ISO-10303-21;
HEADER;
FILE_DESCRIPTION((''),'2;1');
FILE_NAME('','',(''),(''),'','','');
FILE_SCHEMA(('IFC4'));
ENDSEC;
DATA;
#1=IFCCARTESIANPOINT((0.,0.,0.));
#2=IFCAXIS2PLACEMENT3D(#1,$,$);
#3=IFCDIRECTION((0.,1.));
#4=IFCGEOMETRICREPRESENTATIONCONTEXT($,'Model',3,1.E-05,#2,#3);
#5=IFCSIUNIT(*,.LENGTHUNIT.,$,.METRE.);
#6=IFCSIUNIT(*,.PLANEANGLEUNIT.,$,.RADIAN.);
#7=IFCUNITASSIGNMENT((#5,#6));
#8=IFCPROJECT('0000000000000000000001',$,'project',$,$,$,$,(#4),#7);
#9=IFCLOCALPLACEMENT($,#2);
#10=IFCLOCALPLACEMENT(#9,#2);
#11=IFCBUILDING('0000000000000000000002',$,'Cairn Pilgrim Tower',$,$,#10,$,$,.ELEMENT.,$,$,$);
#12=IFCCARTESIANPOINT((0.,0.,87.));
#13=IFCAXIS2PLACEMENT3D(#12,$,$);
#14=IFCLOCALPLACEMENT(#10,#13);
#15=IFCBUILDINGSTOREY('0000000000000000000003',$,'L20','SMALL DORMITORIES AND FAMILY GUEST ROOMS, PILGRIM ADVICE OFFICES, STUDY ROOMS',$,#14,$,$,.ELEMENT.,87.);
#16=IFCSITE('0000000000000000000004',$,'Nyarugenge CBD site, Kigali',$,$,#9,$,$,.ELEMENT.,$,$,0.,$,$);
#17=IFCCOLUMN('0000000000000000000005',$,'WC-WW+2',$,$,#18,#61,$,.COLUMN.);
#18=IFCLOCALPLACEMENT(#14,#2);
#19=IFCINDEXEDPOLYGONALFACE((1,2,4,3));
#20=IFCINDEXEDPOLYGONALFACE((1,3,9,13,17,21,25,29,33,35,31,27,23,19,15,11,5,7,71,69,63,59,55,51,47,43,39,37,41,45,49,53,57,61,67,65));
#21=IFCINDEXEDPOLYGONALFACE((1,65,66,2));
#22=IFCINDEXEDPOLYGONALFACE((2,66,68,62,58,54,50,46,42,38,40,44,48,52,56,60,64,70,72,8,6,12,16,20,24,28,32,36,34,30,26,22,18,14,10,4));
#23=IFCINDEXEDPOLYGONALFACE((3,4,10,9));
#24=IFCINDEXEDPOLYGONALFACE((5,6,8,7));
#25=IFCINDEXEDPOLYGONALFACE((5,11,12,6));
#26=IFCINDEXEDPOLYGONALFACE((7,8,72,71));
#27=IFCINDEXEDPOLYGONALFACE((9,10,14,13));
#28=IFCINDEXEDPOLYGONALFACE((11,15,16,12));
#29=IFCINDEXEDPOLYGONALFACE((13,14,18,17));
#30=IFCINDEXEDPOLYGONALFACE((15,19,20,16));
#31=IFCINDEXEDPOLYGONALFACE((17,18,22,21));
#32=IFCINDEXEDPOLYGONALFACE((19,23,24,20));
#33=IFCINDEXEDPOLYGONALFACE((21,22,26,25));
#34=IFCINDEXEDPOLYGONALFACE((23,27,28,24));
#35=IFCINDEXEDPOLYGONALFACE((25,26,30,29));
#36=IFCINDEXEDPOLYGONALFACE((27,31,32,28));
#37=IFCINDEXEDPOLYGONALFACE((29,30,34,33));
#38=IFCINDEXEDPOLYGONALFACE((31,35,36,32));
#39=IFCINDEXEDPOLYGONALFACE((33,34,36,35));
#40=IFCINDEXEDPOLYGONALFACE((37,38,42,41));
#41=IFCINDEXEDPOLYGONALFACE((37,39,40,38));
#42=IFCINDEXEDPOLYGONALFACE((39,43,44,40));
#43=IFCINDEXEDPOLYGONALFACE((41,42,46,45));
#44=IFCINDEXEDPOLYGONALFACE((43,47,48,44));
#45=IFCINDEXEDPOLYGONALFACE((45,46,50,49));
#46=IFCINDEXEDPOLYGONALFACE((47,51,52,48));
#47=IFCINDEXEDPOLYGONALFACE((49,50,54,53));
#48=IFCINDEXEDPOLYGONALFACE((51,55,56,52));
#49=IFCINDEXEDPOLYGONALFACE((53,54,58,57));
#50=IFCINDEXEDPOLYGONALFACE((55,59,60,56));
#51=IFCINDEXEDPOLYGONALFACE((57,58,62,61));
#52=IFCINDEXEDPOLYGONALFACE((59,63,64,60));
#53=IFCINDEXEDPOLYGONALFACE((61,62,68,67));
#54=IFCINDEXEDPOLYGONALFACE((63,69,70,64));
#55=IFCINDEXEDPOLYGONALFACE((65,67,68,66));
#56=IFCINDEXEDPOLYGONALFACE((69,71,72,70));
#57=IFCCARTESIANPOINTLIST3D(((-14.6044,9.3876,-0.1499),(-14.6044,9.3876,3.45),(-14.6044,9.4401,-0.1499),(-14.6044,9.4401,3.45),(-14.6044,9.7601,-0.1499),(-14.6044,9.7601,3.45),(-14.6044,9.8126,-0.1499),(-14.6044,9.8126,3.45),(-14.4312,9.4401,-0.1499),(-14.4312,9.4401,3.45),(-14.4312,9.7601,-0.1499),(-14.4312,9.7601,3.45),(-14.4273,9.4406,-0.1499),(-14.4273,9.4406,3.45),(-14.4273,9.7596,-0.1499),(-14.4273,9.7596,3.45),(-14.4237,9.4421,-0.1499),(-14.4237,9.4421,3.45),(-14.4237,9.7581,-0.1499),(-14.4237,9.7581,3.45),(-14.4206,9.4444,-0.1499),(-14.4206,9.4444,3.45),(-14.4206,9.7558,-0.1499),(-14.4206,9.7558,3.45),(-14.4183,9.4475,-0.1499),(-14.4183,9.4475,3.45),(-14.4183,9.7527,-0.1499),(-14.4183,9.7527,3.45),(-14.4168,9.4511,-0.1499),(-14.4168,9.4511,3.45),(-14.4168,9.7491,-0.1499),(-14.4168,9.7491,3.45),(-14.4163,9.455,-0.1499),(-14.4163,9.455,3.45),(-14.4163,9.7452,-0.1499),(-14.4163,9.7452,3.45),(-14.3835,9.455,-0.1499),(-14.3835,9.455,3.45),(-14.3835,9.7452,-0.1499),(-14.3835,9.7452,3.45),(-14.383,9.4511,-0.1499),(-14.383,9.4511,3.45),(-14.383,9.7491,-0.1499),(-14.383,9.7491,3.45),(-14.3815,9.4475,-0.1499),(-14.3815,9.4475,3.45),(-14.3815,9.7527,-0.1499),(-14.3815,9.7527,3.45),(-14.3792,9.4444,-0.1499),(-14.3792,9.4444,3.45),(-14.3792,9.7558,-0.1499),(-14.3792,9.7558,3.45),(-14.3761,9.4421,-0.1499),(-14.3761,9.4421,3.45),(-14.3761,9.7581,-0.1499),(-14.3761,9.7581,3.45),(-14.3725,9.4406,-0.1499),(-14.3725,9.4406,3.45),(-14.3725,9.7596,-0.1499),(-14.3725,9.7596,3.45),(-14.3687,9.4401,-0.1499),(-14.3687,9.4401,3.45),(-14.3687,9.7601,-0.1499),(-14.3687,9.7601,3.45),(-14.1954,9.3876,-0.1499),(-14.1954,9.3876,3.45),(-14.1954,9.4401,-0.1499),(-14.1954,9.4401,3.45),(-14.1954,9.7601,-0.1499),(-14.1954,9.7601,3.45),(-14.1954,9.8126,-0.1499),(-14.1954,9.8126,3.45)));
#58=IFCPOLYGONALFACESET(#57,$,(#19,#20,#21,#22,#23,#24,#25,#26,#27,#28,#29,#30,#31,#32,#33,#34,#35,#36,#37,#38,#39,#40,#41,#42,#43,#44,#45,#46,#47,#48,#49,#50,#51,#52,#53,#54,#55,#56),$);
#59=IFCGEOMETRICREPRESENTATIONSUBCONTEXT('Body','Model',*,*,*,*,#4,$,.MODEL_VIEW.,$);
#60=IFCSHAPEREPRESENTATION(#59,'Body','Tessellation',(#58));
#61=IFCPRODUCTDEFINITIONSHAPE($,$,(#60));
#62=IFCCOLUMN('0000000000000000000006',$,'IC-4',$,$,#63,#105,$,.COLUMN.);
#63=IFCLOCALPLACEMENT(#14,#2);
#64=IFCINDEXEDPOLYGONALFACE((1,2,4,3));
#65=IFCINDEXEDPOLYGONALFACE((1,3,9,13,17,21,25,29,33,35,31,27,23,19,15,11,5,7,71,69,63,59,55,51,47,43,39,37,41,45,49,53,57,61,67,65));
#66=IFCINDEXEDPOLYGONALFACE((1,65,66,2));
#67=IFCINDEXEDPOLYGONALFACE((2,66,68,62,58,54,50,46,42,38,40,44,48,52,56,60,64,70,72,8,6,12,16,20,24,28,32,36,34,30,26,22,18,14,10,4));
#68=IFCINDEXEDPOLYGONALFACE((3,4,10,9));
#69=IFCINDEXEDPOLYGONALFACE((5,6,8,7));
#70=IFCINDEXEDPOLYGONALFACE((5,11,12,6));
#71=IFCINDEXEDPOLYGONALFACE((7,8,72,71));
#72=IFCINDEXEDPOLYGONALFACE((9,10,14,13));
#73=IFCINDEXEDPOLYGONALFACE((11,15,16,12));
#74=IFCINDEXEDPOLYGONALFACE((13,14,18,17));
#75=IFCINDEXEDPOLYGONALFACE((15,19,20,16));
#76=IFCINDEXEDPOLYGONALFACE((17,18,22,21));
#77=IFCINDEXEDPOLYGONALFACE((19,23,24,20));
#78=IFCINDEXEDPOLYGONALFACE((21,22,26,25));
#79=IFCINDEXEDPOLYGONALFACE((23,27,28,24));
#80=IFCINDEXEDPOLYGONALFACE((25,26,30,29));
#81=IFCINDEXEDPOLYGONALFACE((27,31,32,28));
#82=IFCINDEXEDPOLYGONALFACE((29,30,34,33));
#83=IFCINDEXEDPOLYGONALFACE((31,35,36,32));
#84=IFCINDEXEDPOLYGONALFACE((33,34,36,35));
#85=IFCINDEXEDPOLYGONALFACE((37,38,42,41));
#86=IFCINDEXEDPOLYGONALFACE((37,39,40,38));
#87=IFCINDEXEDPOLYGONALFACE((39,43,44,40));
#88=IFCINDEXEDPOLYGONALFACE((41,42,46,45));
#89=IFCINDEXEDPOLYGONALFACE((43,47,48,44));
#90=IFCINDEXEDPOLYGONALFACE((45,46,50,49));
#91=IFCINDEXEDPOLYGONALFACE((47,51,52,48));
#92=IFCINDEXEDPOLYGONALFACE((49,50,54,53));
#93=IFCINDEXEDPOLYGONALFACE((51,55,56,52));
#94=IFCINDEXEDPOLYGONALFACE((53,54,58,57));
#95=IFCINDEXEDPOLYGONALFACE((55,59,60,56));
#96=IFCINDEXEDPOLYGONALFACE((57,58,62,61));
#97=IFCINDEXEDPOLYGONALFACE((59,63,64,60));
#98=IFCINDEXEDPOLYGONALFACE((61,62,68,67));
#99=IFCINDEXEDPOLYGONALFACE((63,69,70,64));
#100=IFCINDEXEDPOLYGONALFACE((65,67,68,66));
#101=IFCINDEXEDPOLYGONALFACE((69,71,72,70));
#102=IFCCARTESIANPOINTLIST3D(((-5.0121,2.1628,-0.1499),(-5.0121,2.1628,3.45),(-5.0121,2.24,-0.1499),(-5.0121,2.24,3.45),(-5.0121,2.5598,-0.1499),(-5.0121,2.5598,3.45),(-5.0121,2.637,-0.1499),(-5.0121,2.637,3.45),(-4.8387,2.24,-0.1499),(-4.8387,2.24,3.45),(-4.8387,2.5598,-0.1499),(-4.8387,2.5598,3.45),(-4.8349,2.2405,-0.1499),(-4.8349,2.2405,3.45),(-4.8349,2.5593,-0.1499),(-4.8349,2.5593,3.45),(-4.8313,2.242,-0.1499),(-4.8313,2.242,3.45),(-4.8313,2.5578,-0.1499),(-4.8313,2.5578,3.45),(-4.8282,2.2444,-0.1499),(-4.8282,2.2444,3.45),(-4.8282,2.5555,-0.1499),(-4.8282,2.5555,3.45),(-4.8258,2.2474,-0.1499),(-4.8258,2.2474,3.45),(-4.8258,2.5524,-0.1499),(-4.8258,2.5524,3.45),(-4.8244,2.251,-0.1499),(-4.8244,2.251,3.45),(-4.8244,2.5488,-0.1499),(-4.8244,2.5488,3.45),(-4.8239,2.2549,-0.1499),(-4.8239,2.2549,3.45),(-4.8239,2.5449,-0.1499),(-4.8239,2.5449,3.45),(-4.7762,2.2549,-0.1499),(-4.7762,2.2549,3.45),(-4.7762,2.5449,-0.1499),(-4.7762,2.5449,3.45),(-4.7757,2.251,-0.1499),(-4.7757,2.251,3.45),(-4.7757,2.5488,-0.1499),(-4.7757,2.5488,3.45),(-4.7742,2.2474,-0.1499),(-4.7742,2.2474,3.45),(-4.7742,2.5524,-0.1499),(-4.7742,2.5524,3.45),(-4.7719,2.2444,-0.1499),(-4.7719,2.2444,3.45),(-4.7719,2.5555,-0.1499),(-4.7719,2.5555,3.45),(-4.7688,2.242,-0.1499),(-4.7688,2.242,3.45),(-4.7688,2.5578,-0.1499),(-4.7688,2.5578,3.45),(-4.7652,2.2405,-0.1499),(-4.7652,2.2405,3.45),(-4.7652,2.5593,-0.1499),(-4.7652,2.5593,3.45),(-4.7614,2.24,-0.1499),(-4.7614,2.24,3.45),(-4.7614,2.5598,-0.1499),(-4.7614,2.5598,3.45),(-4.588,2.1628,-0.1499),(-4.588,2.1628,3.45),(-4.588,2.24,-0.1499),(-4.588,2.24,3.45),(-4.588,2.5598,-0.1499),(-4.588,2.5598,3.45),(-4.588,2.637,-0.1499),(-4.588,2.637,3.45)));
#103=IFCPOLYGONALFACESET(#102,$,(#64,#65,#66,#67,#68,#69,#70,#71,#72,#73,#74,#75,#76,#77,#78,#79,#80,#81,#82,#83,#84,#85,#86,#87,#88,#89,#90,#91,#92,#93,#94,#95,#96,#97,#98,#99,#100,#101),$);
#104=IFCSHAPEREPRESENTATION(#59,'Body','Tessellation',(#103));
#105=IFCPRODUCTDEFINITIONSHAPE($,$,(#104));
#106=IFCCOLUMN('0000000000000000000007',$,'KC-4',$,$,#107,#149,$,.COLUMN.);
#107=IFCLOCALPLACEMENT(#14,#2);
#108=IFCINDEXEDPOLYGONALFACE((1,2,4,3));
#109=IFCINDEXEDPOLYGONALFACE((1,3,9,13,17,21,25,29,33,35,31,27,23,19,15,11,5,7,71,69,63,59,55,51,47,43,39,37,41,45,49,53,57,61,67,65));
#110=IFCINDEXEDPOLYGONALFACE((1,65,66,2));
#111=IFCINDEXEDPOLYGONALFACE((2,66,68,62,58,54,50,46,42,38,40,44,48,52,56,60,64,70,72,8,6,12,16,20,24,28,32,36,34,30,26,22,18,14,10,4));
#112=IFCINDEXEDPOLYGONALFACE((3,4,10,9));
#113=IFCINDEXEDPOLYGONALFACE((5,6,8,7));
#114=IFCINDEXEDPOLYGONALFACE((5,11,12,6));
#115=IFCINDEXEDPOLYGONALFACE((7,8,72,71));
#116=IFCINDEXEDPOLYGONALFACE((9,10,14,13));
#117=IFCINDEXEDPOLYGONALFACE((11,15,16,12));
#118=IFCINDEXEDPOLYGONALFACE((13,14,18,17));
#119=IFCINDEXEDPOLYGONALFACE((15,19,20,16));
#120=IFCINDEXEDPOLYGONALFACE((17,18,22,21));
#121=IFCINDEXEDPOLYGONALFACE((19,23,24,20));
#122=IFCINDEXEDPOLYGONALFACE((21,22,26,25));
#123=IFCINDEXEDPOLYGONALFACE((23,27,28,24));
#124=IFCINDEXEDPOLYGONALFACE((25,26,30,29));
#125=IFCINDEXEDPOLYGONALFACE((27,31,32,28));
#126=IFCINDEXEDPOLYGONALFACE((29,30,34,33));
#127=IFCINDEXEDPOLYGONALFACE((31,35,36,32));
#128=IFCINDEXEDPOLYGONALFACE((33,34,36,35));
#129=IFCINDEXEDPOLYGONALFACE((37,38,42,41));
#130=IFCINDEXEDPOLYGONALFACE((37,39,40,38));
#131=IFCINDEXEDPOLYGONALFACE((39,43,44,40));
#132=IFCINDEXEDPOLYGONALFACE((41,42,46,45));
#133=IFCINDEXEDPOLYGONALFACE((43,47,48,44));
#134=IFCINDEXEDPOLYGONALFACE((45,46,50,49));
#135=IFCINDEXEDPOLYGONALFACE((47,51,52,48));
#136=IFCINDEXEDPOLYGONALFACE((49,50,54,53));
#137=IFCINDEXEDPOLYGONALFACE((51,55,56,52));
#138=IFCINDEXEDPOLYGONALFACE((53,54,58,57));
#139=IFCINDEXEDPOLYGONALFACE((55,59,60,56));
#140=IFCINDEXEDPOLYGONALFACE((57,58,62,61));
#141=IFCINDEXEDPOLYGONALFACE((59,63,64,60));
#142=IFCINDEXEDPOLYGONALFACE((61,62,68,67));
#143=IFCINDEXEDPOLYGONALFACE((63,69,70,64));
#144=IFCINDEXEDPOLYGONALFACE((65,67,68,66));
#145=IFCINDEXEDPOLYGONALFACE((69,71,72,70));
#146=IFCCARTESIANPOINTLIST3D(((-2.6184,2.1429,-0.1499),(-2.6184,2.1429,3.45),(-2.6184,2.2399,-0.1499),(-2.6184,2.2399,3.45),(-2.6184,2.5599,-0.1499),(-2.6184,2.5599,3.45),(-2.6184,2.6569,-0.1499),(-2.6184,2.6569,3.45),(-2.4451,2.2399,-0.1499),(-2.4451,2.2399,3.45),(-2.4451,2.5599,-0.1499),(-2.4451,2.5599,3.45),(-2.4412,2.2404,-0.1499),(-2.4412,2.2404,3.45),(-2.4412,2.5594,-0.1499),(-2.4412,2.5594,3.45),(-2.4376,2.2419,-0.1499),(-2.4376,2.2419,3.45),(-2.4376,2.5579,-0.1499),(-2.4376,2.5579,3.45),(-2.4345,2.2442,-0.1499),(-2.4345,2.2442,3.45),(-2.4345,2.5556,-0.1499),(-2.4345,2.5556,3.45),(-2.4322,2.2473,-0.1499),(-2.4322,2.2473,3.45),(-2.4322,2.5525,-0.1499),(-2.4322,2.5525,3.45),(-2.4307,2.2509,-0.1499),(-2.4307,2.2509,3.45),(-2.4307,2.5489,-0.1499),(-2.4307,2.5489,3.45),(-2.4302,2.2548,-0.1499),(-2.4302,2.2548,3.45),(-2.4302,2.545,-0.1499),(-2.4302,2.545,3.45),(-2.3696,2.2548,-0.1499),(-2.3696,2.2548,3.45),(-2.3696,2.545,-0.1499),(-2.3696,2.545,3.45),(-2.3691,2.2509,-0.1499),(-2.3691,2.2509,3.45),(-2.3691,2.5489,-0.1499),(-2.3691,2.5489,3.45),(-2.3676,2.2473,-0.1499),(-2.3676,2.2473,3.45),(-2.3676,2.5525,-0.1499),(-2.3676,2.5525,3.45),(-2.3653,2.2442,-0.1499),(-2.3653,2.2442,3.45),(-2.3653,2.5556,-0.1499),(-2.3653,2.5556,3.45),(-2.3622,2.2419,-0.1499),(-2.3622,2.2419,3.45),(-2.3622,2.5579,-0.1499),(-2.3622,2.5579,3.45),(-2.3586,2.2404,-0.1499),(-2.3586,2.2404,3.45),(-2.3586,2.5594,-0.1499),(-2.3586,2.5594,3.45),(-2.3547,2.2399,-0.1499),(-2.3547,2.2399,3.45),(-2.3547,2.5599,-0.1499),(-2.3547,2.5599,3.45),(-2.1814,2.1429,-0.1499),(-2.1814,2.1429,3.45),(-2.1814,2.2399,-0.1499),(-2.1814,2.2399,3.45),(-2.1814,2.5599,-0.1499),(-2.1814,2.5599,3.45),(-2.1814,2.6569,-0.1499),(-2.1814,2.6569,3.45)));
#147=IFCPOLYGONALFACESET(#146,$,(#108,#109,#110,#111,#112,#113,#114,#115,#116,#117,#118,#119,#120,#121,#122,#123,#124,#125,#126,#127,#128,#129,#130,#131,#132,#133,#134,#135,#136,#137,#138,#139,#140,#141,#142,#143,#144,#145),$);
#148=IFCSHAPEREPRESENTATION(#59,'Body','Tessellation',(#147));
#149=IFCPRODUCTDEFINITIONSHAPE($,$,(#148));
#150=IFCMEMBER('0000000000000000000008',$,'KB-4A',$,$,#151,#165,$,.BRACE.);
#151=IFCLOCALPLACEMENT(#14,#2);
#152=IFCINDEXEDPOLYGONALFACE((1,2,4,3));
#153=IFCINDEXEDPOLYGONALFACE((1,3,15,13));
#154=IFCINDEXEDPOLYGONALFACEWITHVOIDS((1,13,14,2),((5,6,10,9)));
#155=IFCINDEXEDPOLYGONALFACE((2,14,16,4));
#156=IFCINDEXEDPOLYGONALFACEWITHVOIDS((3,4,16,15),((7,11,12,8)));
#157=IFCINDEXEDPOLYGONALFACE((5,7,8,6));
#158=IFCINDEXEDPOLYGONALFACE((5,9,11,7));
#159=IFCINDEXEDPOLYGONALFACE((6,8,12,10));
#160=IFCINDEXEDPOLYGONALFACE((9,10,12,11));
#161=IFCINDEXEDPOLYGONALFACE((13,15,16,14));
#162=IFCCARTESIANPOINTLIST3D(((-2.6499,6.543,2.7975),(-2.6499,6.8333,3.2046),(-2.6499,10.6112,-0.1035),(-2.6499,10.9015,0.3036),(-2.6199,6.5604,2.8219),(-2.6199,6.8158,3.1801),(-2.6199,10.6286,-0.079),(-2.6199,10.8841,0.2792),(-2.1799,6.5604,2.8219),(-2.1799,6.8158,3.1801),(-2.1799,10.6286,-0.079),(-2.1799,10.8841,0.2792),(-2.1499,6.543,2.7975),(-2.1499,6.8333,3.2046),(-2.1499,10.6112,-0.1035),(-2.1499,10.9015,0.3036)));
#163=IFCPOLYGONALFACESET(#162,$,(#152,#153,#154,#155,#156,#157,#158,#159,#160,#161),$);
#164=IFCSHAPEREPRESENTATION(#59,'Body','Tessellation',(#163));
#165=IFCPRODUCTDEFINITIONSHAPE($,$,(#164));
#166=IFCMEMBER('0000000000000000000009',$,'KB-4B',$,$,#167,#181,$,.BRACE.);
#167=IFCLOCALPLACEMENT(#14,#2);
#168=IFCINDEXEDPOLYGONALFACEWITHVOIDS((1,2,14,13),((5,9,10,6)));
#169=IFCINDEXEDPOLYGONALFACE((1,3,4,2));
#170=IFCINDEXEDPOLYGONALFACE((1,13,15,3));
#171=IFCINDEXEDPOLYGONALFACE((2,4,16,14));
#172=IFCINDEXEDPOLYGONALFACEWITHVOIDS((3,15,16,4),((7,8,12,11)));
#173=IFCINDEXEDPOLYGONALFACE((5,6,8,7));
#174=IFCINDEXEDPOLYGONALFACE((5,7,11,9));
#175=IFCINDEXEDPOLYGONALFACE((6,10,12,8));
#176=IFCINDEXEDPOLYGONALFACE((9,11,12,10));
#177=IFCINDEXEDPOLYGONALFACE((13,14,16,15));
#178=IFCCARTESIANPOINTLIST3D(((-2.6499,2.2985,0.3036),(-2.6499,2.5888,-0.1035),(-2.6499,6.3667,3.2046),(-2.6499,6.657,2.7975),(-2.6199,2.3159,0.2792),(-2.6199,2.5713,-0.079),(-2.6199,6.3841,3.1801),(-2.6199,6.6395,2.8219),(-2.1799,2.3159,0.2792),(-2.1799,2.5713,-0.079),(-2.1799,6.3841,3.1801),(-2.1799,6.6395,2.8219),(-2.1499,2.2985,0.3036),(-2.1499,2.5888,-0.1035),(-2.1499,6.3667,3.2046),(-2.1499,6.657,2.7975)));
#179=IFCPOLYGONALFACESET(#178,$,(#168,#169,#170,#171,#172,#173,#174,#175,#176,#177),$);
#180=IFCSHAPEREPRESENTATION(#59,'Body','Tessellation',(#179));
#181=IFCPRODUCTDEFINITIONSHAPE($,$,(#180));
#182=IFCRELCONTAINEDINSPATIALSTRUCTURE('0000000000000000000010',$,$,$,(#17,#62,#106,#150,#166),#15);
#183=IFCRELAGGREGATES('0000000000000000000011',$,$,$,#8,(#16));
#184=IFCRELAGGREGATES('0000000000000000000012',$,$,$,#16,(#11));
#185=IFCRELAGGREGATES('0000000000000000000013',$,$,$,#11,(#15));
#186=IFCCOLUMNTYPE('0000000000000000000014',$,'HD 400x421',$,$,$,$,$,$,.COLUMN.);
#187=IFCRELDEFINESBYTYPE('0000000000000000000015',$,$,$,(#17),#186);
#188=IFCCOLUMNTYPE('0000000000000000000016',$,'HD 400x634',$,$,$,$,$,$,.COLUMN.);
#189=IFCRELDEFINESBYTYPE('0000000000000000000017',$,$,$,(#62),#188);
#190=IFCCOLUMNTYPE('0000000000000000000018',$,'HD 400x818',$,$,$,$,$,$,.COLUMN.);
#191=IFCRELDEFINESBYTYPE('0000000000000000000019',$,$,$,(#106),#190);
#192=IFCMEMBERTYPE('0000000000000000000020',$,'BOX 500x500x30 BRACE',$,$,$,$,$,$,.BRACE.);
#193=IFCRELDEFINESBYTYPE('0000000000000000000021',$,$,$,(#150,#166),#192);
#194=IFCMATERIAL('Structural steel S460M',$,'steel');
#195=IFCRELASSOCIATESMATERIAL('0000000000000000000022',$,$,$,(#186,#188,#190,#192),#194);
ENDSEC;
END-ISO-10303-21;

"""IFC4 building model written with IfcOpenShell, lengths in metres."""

from ifc_helpers import new_model, si_unit, direction, frame, origin, origin_2d, place, context, subcontext, project, spatial, hollow_rectangle, i_section, extrude, material, material_profile, profile_set, type_object, element, save


model = new_model("IFC4")

# Units and contexts
model_context = context("Model", 3, precision=1e-05, world=origin(), true_north=direction((0.0, 1.0)))
body_context = subcontext(model_context, "Body", "Model", "MODEL_VIEW")
ifc_project = project(units=[si_unit("LENGTHUNIT", "METRE"), si_unit("PLANEANGLEUNIT", "RADIAN")], contexts=[model_context])

# Site, building, storey
site_placement = place(None, origin())
site = spatial("IfcSite", under=ifc_project, at=site_placement, Name="Nyarugenge CBD site, Kigali", CompositionType="ELEMENT", RefElevation=0.0)
building_placement = place(site_placement, origin())
building = spatial("IfcBuilding", under=site, at=building_placement, Name="Cairn Pilgrim Tower", CompositionType="ELEMENT")
storey_placement = place(building_placement, frame((0.0, 0.0, 87.0)))
storey = spatial("IfcBuildingStorey", under=building, at=storey_placement, Name="L20", Description="SMALL DORMITORIES AND FAMILY GUEST ROOMS, PILGRIM ADVICE OFFICES, STUDY ROOMS", CompositionType="ELEMENT", Elevation=87.0)

# Columns
ifc_material_1 = material(Name="Structural steel S460M", Category="steel")
ifc_material_profile_1 = material_profile(ifc_material_1, i_section(OverallWidth=0.4089, OverallDepth=0.425, WebThickness=0.0327, FlangeThickness=0.0525, FilletRadius=0.0149, at=origin_2d()), Name="HD 400x421")
ifc_profile_set_1 = profile_set([ifc_material_profile_1], Name="Structural steel S460M")
column_type_1 = type_object("IfcColumnType", Name="HD 400x421", PredefinedType="COLUMN", material=ifc_profile_set_1)
column_1_placement = place(storey_placement, frame((-14.3999, 9.6001, -0.1499), z_axis=(0.0, 0.0, 1.0), x_axis=(1.0, 0.0, 0.0)))
element("IfcColumn", 1, at=column_1_placement, inside=storey, type_object=column_type_1, Name="WC-WW+2", PredefinedType="COLUMN", context=body_context, shape_type="SweptSolid", body=[
    extrude(i_section(OverallWidth=0.4089, OverallDepth=0.425, WebThickness=0.0327, FlangeThickness=0.0525, FilletRadius=0.0149, at=origin_2d()), origin(), (0.0, 0.0, 1.0), 3.5999),
])
ifc_material_profile_2 = material_profile(ifc_material_1, i_section(OverallWidth=0.4241, OverallDepth=0.4741, WebThickness=0.0476, FlangeThickness=0.0771, FilletRadius=0.0149, at=origin_2d()), Name="HD 400x634")
ifc_profile_set_2 = profile_set([ifc_material_profile_2], Name="Structural steel S460M")
column_type_2 = type_object("IfcColumnType", Name="HD 400x634", PredefinedType="COLUMN", material=ifc_profile_set_2)
column_2_placement = place(storey_placement, frame((-4.8, 2.3999, -0.1499), z_axis=(0.0, 0.0, 1.0), x_axis=(1.0, 0.0, 0.0)))
element("IfcColumn", 2, at=column_2_placement, inside=storey, type_object=column_type_2, Name="IC-4", PredefinedType="COLUMN", context=body_context, shape_type="SweptSolid", body=[
    extrude(i_section(OverallWidth=0.4241, OverallDepth=0.4741, WebThickness=0.0476, FlangeThickness=0.0771, FilletRadius=0.0149, at=origin_2d()), origin(), (0.0, 0.0, 1.0), 3.5999),
])
ifc_material_profile_3 = material_profile(ifc_material_1, i_section(OverallWidth=0.437, OverallDepth=0.5139, WebThickness=0.0605, FlangeThickness=0.0969, FilletRadius=0.0149, at=origin_2d()), Name="HD 400x818")
ifc_profile_set_3 = profile_set([ifc_material_profile_3], Name="Structural steel S460M")
column_type_3 = type_object("IfcColumnType", Name="HD 400x818", PredefinedType="COLUMN", material=ifc_profile_set_3)
column_3_placement = place(storey_placement, frame((-2.3999, 2.3999, -0.1499), z_axis=(0.0, 0.0, 1.0), x_axis=(1.0, 0.0, 0.0)))
element("IfcColumn", 3, at=column_3_placement, inside=storey, type_object=column_type_3, Name="KC-4", PredefinedType="COLUMN", context=body_context, shape_type="SweptSolid", body=[
    extrude(i_section(OverallWidth=0.437, OverallDepth=0.5139, WebThickness=0.0605, FlangeThickness=0.0969, FilletRadius=0.0149, at=origin_2d()), origin(), (0.0, 0.0, 1.0), 3.5999),
])

# Members
ifc_material_profile_4 = material_profile(ifc_material_1, hollow_rectangle(XDim=0.5, YDim=0.5, WallThickness=0.03, at=origin_2d()), Name="BOX 500x500x30")
ifc_profile_set_4 = profile_set([ifc_material_profile_4], Name="Structural steel S460M")
member_type = type_object("IfcMemberType", Name="BOX 500x500x30 BRACE", PredefinedType="BRACE", material=ifc_profile_set_4)
for number, where, z_axis, x_axis, name in (
    (4, (-2.3999, 10.7563, 0.1001), (0.0, -0.814199, 0.580586), (1.0, 0.0, 0.0), "KB-4A"),
    (5, (-2.3999, 2.4436, 0.1001), (0.0, 0.814199, 0.580586), (-1.0, 0.0, 0.0), "KB-4B"),
):
    element("IfcMember", number, at=place(storey_placement, frame(where, z_axis=z_axis, x_axis=x_axis)), inside=storey, type_object=member_type, Name=name, PredefinedType="BRACE", context=body_context, shape_type="SweptSolid", body=[
        extrude(hollow_rectangle(XDim=0.5, YDim=0.5, WallThickness=0.03, at=origin_2d()), origin(), (0.0, 0.0, 1.0), 4.9966),
    ])

save(model, "model.ifc")
